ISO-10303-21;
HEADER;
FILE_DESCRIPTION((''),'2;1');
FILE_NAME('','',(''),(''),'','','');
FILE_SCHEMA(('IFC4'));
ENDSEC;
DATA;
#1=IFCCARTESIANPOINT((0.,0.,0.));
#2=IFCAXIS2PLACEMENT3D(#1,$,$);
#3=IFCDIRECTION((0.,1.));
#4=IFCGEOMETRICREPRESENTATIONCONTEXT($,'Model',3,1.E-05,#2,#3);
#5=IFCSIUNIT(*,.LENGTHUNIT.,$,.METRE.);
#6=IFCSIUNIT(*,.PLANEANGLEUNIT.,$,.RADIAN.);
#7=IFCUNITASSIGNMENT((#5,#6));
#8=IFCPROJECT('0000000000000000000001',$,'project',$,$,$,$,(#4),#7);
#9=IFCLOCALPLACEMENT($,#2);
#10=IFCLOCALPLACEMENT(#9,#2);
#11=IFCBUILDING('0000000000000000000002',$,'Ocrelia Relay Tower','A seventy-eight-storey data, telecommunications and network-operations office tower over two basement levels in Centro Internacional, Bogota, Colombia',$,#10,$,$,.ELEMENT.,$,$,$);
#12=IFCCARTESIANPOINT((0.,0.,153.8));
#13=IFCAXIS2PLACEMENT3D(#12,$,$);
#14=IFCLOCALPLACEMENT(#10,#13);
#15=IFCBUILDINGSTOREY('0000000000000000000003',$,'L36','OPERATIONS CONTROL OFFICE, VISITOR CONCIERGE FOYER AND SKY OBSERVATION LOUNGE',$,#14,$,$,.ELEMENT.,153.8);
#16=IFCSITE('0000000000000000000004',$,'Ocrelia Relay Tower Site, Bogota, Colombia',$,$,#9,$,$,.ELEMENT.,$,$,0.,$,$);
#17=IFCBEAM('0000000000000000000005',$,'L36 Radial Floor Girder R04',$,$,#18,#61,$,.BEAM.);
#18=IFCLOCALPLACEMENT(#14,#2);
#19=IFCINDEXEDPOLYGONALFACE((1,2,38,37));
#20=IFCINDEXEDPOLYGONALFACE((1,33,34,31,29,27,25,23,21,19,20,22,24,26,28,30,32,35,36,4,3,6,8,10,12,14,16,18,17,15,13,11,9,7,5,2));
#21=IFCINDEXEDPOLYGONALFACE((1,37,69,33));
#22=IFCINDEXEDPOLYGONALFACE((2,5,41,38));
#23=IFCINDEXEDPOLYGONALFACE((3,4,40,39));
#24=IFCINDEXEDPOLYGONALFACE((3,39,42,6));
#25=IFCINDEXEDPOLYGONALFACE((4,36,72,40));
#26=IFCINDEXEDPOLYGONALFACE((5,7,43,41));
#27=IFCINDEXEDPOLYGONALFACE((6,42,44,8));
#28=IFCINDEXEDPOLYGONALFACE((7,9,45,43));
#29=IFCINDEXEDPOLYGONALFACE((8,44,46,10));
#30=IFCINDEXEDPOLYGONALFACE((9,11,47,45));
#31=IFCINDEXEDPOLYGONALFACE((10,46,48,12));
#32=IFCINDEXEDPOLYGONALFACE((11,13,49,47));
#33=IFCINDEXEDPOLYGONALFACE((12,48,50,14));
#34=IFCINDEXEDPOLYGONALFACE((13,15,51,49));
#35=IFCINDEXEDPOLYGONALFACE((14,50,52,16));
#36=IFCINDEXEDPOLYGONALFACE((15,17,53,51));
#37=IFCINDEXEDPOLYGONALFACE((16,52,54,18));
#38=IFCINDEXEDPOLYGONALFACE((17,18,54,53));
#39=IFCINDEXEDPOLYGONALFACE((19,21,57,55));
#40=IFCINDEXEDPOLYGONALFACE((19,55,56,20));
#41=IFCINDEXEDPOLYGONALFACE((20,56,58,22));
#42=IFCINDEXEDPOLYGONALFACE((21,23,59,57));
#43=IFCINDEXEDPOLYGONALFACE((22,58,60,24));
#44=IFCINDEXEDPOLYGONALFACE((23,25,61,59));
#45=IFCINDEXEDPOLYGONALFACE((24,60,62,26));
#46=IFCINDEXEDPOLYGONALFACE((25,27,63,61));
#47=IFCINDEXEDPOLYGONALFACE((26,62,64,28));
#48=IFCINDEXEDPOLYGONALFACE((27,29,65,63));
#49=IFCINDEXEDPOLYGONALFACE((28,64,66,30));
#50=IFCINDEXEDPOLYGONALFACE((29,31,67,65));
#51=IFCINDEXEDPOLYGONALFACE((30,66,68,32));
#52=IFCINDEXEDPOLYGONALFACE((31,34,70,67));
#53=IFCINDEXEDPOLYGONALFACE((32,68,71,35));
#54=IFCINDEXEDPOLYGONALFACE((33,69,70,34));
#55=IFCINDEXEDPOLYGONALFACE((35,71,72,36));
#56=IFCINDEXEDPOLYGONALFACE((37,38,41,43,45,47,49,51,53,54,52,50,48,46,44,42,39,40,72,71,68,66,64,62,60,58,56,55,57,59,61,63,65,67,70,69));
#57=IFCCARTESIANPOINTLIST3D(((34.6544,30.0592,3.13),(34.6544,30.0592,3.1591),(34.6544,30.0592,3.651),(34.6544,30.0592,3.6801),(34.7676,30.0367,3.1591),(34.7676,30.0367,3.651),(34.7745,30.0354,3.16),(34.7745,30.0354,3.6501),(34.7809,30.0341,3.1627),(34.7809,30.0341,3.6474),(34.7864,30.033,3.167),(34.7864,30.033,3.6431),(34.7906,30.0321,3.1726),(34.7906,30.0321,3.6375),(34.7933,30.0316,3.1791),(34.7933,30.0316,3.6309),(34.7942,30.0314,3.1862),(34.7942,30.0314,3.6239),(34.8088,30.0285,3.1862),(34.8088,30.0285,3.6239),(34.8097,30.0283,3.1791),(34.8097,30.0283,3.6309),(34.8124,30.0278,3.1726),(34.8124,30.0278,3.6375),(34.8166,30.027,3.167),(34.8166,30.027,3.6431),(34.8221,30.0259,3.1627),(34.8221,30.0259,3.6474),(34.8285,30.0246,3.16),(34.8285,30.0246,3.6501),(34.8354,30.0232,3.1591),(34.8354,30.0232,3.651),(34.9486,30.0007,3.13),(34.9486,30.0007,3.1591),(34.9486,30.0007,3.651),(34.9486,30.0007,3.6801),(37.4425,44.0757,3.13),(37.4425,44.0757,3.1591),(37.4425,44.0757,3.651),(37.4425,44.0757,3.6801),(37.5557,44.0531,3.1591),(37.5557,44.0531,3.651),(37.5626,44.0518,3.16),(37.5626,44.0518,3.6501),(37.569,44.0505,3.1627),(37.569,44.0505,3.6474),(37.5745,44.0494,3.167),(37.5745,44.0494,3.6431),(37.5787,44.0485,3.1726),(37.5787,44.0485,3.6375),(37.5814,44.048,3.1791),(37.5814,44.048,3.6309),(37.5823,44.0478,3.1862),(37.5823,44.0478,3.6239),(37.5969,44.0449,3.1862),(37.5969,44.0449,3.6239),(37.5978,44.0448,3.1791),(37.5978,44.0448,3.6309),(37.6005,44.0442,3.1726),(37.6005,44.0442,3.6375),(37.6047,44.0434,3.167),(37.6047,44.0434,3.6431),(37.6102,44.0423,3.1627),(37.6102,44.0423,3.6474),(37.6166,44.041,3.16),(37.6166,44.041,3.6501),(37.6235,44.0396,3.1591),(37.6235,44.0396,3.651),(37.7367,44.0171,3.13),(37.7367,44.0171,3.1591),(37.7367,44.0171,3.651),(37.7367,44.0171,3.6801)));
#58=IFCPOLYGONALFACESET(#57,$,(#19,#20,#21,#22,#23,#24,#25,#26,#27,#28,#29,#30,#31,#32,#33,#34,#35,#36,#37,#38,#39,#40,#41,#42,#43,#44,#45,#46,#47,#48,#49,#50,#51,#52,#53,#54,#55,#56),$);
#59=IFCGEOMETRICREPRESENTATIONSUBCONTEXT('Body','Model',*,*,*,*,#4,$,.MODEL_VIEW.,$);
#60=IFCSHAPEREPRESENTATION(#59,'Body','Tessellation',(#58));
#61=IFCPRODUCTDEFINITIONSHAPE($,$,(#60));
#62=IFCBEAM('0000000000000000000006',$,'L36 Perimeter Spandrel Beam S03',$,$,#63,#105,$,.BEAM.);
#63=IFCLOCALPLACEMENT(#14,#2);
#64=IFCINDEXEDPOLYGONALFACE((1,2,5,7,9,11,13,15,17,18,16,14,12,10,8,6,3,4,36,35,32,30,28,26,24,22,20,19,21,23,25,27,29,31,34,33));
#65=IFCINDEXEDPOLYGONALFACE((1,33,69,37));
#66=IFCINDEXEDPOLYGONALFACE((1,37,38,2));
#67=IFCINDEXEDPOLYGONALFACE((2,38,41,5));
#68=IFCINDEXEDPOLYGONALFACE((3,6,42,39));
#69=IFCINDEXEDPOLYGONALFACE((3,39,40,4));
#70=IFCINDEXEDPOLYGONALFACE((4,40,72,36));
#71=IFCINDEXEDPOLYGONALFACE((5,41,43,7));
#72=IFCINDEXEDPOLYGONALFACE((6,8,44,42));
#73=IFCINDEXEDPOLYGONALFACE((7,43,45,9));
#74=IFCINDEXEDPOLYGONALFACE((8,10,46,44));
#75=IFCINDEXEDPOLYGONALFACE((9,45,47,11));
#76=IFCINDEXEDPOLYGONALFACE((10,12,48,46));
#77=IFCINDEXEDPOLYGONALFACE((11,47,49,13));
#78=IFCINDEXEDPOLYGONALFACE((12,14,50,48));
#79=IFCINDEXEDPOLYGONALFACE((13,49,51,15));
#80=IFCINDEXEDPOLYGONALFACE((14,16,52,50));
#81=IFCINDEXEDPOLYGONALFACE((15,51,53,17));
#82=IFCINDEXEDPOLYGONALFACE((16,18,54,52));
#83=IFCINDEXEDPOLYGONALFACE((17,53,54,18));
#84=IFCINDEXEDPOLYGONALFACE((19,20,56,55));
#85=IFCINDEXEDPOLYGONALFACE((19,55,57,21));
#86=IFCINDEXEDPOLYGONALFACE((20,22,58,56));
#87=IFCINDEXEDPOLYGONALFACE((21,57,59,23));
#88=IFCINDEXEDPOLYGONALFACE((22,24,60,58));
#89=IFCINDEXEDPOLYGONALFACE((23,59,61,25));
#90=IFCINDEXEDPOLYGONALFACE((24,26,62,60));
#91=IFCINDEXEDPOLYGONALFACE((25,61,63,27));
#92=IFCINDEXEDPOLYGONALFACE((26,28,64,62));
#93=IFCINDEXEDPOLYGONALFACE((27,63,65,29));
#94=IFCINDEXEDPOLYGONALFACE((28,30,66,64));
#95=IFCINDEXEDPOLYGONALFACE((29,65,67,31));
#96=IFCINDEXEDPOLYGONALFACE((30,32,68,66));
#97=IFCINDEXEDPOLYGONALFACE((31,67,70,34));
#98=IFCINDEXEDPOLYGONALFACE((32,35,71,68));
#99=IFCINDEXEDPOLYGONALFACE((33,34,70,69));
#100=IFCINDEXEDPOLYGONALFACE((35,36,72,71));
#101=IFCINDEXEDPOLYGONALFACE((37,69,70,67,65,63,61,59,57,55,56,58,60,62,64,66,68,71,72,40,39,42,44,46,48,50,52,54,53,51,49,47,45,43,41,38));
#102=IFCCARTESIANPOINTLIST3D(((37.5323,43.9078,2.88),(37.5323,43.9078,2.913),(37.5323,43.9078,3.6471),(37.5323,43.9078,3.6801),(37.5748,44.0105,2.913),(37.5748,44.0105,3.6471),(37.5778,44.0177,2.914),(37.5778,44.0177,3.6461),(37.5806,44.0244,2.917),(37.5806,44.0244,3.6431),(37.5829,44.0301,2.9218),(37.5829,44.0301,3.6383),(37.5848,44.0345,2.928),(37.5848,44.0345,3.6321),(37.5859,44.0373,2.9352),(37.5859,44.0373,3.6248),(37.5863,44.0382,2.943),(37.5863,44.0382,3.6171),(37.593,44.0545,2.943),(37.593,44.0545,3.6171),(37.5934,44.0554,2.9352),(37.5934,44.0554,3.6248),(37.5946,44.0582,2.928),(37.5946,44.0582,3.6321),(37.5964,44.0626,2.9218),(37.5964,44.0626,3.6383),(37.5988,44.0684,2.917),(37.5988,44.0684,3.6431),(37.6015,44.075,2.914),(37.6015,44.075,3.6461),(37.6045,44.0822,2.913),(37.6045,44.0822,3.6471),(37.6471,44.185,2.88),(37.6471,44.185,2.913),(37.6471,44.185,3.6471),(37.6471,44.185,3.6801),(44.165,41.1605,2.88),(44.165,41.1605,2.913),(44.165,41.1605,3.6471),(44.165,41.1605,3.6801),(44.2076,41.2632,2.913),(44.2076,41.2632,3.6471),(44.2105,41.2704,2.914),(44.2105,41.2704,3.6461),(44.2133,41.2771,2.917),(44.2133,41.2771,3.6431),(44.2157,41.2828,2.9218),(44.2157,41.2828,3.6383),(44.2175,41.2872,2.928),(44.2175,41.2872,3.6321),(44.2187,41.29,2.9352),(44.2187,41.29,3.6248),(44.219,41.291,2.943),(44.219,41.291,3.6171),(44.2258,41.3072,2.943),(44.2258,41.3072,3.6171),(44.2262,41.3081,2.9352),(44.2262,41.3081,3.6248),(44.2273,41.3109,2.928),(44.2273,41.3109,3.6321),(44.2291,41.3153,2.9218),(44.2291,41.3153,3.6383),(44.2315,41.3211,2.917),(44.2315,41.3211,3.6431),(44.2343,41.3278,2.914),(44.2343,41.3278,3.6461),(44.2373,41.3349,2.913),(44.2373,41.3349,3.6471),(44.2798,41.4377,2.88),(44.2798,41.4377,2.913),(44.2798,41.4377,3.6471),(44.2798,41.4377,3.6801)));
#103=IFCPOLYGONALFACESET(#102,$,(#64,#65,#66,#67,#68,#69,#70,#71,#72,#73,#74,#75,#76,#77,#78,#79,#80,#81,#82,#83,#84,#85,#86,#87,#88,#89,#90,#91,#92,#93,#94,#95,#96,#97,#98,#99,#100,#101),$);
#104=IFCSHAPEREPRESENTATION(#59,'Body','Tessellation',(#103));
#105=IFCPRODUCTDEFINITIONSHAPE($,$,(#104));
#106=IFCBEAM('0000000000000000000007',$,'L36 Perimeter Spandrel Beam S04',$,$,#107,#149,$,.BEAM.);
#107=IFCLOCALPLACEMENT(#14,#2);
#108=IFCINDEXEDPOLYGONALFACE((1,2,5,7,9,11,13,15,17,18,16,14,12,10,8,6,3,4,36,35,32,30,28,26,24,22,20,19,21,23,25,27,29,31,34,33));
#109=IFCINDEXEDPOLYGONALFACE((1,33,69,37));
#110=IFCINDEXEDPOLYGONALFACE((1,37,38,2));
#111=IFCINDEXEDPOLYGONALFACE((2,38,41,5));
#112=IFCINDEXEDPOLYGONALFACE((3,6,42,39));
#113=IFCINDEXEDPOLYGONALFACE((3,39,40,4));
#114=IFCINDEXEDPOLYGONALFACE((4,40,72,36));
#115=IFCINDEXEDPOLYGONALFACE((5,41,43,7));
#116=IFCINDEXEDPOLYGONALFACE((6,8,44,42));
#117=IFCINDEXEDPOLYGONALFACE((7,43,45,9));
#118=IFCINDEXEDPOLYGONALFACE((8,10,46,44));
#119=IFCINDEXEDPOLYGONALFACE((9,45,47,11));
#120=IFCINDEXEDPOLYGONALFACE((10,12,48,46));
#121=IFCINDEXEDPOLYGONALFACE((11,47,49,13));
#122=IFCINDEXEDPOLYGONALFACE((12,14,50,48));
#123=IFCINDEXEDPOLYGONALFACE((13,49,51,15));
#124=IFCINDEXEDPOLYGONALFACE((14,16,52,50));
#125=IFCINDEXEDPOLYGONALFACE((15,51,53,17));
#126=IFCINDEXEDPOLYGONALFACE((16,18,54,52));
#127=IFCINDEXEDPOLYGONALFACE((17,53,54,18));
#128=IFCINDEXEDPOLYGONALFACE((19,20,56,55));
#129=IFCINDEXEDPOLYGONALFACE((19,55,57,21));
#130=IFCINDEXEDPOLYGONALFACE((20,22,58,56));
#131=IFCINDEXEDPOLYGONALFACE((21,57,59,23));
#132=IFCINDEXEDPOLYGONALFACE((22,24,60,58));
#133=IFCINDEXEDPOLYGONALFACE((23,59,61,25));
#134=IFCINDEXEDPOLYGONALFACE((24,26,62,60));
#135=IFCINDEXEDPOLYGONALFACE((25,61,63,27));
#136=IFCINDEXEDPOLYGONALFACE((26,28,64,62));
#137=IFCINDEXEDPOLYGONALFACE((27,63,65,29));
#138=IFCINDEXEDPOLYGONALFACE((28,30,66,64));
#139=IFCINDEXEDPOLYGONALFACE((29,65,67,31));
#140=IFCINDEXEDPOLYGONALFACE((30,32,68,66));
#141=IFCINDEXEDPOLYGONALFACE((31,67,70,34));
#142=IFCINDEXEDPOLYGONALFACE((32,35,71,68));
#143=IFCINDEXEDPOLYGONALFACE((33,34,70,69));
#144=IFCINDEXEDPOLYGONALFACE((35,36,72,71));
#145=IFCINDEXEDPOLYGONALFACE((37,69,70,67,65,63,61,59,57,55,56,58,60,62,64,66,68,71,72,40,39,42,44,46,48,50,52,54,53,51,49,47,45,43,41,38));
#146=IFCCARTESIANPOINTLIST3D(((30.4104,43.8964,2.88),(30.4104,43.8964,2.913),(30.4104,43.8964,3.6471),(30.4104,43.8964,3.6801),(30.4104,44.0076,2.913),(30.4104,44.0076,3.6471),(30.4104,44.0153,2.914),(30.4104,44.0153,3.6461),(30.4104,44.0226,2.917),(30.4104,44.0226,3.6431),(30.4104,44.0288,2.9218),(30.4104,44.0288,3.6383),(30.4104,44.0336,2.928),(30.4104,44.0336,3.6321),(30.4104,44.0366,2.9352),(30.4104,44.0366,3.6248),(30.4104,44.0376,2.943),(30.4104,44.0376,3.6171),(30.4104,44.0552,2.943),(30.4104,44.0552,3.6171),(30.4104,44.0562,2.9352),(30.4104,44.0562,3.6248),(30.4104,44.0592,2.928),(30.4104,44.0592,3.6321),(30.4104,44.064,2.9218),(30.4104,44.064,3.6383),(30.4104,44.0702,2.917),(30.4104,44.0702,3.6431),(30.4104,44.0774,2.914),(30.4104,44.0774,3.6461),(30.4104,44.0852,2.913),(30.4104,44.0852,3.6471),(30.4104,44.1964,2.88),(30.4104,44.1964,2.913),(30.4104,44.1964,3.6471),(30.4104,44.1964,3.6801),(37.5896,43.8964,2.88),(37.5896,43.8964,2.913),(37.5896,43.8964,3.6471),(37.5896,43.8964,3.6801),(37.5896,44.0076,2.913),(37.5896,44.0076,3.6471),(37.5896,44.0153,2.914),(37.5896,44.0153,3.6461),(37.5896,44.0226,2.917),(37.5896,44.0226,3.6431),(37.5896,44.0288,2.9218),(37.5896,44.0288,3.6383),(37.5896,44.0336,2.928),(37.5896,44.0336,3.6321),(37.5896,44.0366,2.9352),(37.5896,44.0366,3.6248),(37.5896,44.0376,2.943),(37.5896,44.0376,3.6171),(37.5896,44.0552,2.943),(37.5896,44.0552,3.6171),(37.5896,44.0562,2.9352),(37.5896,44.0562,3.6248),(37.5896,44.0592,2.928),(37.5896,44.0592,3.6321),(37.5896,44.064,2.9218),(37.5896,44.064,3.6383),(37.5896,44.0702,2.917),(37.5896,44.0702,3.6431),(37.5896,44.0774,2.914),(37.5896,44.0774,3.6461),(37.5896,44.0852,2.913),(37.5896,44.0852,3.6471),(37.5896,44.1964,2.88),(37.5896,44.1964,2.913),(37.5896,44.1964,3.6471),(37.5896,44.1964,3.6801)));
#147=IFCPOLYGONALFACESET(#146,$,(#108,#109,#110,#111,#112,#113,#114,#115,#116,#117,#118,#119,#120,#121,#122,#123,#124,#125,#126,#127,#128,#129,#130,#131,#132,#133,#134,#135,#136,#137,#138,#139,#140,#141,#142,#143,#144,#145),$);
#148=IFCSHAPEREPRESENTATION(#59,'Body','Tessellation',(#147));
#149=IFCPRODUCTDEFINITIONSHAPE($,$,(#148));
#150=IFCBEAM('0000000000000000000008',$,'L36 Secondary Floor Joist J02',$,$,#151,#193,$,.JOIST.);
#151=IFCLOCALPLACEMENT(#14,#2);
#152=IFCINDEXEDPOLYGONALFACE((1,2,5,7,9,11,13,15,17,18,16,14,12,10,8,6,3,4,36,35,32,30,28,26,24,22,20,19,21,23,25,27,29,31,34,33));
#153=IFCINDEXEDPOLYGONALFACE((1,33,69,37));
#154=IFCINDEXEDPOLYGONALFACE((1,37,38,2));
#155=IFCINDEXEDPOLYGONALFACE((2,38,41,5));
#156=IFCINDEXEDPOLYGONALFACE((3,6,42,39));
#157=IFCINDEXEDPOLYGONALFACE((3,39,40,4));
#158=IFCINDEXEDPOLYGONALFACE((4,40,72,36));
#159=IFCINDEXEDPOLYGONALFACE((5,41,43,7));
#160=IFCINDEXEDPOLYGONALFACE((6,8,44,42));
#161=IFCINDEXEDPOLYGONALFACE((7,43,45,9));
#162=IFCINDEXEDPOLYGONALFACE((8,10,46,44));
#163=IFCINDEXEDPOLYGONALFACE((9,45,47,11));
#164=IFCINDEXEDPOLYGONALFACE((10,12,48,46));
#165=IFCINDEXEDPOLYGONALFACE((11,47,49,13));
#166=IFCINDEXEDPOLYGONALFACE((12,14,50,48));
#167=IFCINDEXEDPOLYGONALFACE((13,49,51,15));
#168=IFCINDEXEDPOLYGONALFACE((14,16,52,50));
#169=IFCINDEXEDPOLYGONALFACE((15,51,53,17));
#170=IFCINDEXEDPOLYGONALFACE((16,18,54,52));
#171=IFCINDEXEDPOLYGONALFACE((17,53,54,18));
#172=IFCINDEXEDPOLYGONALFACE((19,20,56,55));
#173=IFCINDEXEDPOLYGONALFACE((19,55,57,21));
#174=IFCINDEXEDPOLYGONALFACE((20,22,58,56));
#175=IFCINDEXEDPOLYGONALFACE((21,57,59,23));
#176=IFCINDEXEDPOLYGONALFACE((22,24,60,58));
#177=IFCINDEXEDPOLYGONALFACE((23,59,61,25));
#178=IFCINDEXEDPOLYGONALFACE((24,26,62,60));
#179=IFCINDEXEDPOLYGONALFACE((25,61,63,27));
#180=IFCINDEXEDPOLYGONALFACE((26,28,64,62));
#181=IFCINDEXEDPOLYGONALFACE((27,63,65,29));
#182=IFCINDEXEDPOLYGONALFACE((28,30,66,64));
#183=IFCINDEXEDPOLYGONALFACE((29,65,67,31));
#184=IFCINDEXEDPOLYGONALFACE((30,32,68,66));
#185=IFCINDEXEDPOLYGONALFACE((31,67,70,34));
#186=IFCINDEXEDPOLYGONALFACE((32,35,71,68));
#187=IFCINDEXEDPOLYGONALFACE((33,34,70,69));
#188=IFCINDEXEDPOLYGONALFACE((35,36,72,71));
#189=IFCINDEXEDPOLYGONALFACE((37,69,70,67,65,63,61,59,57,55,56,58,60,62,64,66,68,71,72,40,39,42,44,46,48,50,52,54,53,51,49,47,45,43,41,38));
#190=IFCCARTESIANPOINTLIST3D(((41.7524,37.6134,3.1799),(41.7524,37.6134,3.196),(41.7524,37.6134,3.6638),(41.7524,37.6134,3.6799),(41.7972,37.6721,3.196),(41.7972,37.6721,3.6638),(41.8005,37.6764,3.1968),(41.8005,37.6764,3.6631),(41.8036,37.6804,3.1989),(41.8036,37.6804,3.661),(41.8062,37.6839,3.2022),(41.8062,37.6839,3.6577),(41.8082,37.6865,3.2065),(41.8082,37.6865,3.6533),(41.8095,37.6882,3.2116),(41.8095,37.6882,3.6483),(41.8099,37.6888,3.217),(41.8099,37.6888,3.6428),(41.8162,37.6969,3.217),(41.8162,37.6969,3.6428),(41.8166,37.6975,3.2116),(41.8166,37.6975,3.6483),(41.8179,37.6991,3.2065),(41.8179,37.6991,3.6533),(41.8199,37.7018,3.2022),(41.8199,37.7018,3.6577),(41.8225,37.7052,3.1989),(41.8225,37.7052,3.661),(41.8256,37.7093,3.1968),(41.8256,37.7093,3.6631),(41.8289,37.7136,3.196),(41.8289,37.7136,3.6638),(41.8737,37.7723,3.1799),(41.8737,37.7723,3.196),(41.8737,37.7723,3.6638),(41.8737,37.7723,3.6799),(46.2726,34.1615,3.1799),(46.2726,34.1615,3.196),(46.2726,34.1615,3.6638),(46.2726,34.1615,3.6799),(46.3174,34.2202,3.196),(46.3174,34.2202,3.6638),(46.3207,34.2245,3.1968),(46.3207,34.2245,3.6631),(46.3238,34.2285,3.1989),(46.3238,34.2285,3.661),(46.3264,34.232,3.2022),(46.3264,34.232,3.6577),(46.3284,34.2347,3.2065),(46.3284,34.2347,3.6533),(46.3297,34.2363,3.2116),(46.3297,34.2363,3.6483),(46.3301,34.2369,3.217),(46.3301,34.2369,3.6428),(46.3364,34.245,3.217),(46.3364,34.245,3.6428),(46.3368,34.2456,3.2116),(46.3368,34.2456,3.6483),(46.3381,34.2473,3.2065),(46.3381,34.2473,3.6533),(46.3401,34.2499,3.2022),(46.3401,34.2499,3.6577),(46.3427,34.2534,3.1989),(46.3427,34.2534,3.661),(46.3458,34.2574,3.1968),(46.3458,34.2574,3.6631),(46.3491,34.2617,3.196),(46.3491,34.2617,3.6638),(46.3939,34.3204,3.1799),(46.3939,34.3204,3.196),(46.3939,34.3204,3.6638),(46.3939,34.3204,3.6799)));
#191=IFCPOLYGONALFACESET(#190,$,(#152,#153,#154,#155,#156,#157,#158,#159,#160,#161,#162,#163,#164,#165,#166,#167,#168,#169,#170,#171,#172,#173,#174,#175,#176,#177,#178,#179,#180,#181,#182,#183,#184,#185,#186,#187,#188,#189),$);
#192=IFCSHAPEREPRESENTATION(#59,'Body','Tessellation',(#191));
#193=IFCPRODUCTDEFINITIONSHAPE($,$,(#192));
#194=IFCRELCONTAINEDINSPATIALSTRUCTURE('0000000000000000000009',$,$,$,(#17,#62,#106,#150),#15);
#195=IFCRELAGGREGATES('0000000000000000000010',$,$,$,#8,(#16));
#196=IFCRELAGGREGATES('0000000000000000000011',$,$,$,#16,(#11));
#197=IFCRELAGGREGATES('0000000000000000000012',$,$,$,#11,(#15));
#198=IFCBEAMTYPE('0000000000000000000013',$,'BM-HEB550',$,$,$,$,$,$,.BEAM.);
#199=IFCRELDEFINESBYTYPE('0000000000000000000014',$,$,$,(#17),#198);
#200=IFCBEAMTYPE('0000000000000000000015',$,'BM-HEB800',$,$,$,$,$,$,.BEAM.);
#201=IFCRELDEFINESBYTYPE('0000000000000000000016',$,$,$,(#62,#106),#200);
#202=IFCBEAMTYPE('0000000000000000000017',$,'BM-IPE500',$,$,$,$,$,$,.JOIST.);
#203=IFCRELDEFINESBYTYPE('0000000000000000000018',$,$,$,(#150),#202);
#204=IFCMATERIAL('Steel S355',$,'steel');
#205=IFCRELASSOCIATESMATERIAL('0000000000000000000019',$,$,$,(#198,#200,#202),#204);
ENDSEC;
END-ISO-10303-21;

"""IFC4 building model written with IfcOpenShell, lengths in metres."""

from ifc_helpers import new_model, si_unit, direction, frame, origin, origin_2d, place, context, subcontext, project, spatial, i_section, extrude, material, material_profile, profile_set, type_object, element, save


model = new_model("IFC4")

# Units and contexts
model_context = context("Model", 3, precision=1e-05, world=origin(), true_north=direction((0.0, 1.0)))
body_context = subcontext(model_context, "Body", "Model", "MODEL_VIEW")
ifc_project = project(units=[si_unit("LENGTHUNIT", "METRE"), si_unit("PLANEANGLEUNIT", "RADIAN")], contexts=[model_context])

# Site, building, storey
site_placement = place(None, origin())
site = spatial("IfcSite", under=ifc_project, at=site_placement, Name="Ocrelia Relay Tower Site, Bogota, Colombia", CompositionType="ELEMENT", RefElevation=0.0)
building_placement = place(site_placement, origin())
building = spatial("IfcBuilding", under=site, at=building_placement, Name="Ocrelia Relay Tower", Description="A seventy-eight-storey data, telecommunications and network-operations office tower over two basement levels in Centro Internacional, Bogota, Colombia", CompositionType="ELEMENT")
storey_placement = place(building_placement, frame((0.0, 0.0, 153.8)))
storey = spatial("IfcBuildingStorey", under=building, at=storey_placement, Name="L36", Description="OPERATIONS CONTROL OFFICE, VISITOR CONCIERGE FOYER AND SKY OBSERVATION LOUNGE", CompositionType="ELEMENT", Elevation=153.8)

# Beams
ifc_material_1 = material(Name="Steel S355", Category="steel")
ifc_material_profile_1 = material_profile(ifc_material_1, i_section(OverallWidth=0.3, OverallDepth=0.55, WebThickness=0.0149, FlangeThickness=0.0291, FilletRadius=0.0271, at=origin_2d()), Name="HEB 550")
ifc_profile_set_1 = profile_set([ifc_material_profile_1], Name="Steel S355")
beam_type_1 = type_object("IfcBeamType", Name="BM-HEB550", PredefinedType="BEAM", material=ifc_profile_set_1)
beam_1_placement = place(storey_placement, frame((37.5896, 44.0464, 3.405), z_axis=(-0.195094, -0.980784, 0.0), x_axis=(0.980784, -0.195094, 0.0)))
element("IfcBeam", 1, at=beam_1_placement, inside=storey, type_object=beam_type_1, Name="L36 Radial Floor Girder R04", PredefinedType="BEAM", context=body_context, shape_type="SweptSolid", body=[
    extrude(i_section(OverallWidth=0.3, OverallDepth=0.55, WebThickness=0.0149, FlangeThickness=0.0291, FilletRadius=0.0271, at=origin_2d()), origin(), (0.0, 0.0, 1.0), 14.291),
])
ifc_material_profile_2 = material_profile(ifc_material_1, i_section(OverallWidth=0.3, OverallDepth=0.8, WebThickness=0.0176, FlangeThickness=0.033, FilletRadius=0.03, at=origin_2d()), Name="HEB 800")
ifc_profile_set_2 = profile_set([ifc_material_profile_2], Name="Steel S355")
beam_type_2 = type_object("IfcBeamType", Name="BM-HEB800", PredefinedType="BEAM", material=ifc_profile_set_2)
for number, where, z_axis, x_axis, name in (
    (2, (44.2224, 41.2991, 3.28), (-0.923884, 0.382673, 0.0), (-0.382673, -0.923884, 0.0), "L36 Perimeter Spandrel Beam S03"),
    (3, (37.5896, 44.0464, 3.28), (-1.0, 0.0, 0.0), (0.0, -1.0, 0.0), "L36 Perimeter Spandrel Beam S04"),
):
    element("IfcBeam", number, at=place(storey_placement, frame(where, z_axis=z_axis, x_axis=x_axis)), inside=storey, type_object=beam_type_2, Name=name, PredefinedType="BEAM", context=body_context, shape_type="SweptSolid", body=[
        extrude(i_section(OverallWidth=0.3, OverallDepth=0.8, WebThickness=0.0176, FlangeThickness=0.033, FilletRadius=0.03, at=origin_2d()), origin(), (0.0, 0.0, 1.0), 7.1792),
    ])
ifc_material_profile_3 = material_profile(ifc_material_1, i_section(OverallWidth=0.2, OverallDepth=0.5, WebThickness=0.0103, FlangeThickness=0.0161, FilletRadius=0.021, at=origin_2d()), Name="IPE 500")
ifc_profile_set_3 = profile_set([ifc_material_profile_3], Name="Steel S355")
beam_type_3 = type_object("IfcBeamType", Name="BM-IPE500", PredefinedType="JOIST", material=ifc_profile_set_3)
beam_2_placement = place(storey_placement, frame((46.3333, 34.241, 3.4299), z_axis=(-0.794762, 0.606921, 0.0), x_axis=(-0.606921, -0.794762, 0.0)))
element("IfcBeam", 4, at=beam_2_placement, inside=storey, type_object=beam_type_3, Name="L36 Secondary Floor Joist J02", PredefinedType="JOIST", context=body_context, shape_type="SweptSolid", body=[
    extrude(i_section(OverallWidth=0.2, OverallDepth=0.5, WebThickness=0.0103, FlangeThickness=0.0161, FilletRadius=0.021, at=origin_2d()), origin(), (0.0, 0.0, 1.0), 5.6875),
])

save(model, "model.ifc")
